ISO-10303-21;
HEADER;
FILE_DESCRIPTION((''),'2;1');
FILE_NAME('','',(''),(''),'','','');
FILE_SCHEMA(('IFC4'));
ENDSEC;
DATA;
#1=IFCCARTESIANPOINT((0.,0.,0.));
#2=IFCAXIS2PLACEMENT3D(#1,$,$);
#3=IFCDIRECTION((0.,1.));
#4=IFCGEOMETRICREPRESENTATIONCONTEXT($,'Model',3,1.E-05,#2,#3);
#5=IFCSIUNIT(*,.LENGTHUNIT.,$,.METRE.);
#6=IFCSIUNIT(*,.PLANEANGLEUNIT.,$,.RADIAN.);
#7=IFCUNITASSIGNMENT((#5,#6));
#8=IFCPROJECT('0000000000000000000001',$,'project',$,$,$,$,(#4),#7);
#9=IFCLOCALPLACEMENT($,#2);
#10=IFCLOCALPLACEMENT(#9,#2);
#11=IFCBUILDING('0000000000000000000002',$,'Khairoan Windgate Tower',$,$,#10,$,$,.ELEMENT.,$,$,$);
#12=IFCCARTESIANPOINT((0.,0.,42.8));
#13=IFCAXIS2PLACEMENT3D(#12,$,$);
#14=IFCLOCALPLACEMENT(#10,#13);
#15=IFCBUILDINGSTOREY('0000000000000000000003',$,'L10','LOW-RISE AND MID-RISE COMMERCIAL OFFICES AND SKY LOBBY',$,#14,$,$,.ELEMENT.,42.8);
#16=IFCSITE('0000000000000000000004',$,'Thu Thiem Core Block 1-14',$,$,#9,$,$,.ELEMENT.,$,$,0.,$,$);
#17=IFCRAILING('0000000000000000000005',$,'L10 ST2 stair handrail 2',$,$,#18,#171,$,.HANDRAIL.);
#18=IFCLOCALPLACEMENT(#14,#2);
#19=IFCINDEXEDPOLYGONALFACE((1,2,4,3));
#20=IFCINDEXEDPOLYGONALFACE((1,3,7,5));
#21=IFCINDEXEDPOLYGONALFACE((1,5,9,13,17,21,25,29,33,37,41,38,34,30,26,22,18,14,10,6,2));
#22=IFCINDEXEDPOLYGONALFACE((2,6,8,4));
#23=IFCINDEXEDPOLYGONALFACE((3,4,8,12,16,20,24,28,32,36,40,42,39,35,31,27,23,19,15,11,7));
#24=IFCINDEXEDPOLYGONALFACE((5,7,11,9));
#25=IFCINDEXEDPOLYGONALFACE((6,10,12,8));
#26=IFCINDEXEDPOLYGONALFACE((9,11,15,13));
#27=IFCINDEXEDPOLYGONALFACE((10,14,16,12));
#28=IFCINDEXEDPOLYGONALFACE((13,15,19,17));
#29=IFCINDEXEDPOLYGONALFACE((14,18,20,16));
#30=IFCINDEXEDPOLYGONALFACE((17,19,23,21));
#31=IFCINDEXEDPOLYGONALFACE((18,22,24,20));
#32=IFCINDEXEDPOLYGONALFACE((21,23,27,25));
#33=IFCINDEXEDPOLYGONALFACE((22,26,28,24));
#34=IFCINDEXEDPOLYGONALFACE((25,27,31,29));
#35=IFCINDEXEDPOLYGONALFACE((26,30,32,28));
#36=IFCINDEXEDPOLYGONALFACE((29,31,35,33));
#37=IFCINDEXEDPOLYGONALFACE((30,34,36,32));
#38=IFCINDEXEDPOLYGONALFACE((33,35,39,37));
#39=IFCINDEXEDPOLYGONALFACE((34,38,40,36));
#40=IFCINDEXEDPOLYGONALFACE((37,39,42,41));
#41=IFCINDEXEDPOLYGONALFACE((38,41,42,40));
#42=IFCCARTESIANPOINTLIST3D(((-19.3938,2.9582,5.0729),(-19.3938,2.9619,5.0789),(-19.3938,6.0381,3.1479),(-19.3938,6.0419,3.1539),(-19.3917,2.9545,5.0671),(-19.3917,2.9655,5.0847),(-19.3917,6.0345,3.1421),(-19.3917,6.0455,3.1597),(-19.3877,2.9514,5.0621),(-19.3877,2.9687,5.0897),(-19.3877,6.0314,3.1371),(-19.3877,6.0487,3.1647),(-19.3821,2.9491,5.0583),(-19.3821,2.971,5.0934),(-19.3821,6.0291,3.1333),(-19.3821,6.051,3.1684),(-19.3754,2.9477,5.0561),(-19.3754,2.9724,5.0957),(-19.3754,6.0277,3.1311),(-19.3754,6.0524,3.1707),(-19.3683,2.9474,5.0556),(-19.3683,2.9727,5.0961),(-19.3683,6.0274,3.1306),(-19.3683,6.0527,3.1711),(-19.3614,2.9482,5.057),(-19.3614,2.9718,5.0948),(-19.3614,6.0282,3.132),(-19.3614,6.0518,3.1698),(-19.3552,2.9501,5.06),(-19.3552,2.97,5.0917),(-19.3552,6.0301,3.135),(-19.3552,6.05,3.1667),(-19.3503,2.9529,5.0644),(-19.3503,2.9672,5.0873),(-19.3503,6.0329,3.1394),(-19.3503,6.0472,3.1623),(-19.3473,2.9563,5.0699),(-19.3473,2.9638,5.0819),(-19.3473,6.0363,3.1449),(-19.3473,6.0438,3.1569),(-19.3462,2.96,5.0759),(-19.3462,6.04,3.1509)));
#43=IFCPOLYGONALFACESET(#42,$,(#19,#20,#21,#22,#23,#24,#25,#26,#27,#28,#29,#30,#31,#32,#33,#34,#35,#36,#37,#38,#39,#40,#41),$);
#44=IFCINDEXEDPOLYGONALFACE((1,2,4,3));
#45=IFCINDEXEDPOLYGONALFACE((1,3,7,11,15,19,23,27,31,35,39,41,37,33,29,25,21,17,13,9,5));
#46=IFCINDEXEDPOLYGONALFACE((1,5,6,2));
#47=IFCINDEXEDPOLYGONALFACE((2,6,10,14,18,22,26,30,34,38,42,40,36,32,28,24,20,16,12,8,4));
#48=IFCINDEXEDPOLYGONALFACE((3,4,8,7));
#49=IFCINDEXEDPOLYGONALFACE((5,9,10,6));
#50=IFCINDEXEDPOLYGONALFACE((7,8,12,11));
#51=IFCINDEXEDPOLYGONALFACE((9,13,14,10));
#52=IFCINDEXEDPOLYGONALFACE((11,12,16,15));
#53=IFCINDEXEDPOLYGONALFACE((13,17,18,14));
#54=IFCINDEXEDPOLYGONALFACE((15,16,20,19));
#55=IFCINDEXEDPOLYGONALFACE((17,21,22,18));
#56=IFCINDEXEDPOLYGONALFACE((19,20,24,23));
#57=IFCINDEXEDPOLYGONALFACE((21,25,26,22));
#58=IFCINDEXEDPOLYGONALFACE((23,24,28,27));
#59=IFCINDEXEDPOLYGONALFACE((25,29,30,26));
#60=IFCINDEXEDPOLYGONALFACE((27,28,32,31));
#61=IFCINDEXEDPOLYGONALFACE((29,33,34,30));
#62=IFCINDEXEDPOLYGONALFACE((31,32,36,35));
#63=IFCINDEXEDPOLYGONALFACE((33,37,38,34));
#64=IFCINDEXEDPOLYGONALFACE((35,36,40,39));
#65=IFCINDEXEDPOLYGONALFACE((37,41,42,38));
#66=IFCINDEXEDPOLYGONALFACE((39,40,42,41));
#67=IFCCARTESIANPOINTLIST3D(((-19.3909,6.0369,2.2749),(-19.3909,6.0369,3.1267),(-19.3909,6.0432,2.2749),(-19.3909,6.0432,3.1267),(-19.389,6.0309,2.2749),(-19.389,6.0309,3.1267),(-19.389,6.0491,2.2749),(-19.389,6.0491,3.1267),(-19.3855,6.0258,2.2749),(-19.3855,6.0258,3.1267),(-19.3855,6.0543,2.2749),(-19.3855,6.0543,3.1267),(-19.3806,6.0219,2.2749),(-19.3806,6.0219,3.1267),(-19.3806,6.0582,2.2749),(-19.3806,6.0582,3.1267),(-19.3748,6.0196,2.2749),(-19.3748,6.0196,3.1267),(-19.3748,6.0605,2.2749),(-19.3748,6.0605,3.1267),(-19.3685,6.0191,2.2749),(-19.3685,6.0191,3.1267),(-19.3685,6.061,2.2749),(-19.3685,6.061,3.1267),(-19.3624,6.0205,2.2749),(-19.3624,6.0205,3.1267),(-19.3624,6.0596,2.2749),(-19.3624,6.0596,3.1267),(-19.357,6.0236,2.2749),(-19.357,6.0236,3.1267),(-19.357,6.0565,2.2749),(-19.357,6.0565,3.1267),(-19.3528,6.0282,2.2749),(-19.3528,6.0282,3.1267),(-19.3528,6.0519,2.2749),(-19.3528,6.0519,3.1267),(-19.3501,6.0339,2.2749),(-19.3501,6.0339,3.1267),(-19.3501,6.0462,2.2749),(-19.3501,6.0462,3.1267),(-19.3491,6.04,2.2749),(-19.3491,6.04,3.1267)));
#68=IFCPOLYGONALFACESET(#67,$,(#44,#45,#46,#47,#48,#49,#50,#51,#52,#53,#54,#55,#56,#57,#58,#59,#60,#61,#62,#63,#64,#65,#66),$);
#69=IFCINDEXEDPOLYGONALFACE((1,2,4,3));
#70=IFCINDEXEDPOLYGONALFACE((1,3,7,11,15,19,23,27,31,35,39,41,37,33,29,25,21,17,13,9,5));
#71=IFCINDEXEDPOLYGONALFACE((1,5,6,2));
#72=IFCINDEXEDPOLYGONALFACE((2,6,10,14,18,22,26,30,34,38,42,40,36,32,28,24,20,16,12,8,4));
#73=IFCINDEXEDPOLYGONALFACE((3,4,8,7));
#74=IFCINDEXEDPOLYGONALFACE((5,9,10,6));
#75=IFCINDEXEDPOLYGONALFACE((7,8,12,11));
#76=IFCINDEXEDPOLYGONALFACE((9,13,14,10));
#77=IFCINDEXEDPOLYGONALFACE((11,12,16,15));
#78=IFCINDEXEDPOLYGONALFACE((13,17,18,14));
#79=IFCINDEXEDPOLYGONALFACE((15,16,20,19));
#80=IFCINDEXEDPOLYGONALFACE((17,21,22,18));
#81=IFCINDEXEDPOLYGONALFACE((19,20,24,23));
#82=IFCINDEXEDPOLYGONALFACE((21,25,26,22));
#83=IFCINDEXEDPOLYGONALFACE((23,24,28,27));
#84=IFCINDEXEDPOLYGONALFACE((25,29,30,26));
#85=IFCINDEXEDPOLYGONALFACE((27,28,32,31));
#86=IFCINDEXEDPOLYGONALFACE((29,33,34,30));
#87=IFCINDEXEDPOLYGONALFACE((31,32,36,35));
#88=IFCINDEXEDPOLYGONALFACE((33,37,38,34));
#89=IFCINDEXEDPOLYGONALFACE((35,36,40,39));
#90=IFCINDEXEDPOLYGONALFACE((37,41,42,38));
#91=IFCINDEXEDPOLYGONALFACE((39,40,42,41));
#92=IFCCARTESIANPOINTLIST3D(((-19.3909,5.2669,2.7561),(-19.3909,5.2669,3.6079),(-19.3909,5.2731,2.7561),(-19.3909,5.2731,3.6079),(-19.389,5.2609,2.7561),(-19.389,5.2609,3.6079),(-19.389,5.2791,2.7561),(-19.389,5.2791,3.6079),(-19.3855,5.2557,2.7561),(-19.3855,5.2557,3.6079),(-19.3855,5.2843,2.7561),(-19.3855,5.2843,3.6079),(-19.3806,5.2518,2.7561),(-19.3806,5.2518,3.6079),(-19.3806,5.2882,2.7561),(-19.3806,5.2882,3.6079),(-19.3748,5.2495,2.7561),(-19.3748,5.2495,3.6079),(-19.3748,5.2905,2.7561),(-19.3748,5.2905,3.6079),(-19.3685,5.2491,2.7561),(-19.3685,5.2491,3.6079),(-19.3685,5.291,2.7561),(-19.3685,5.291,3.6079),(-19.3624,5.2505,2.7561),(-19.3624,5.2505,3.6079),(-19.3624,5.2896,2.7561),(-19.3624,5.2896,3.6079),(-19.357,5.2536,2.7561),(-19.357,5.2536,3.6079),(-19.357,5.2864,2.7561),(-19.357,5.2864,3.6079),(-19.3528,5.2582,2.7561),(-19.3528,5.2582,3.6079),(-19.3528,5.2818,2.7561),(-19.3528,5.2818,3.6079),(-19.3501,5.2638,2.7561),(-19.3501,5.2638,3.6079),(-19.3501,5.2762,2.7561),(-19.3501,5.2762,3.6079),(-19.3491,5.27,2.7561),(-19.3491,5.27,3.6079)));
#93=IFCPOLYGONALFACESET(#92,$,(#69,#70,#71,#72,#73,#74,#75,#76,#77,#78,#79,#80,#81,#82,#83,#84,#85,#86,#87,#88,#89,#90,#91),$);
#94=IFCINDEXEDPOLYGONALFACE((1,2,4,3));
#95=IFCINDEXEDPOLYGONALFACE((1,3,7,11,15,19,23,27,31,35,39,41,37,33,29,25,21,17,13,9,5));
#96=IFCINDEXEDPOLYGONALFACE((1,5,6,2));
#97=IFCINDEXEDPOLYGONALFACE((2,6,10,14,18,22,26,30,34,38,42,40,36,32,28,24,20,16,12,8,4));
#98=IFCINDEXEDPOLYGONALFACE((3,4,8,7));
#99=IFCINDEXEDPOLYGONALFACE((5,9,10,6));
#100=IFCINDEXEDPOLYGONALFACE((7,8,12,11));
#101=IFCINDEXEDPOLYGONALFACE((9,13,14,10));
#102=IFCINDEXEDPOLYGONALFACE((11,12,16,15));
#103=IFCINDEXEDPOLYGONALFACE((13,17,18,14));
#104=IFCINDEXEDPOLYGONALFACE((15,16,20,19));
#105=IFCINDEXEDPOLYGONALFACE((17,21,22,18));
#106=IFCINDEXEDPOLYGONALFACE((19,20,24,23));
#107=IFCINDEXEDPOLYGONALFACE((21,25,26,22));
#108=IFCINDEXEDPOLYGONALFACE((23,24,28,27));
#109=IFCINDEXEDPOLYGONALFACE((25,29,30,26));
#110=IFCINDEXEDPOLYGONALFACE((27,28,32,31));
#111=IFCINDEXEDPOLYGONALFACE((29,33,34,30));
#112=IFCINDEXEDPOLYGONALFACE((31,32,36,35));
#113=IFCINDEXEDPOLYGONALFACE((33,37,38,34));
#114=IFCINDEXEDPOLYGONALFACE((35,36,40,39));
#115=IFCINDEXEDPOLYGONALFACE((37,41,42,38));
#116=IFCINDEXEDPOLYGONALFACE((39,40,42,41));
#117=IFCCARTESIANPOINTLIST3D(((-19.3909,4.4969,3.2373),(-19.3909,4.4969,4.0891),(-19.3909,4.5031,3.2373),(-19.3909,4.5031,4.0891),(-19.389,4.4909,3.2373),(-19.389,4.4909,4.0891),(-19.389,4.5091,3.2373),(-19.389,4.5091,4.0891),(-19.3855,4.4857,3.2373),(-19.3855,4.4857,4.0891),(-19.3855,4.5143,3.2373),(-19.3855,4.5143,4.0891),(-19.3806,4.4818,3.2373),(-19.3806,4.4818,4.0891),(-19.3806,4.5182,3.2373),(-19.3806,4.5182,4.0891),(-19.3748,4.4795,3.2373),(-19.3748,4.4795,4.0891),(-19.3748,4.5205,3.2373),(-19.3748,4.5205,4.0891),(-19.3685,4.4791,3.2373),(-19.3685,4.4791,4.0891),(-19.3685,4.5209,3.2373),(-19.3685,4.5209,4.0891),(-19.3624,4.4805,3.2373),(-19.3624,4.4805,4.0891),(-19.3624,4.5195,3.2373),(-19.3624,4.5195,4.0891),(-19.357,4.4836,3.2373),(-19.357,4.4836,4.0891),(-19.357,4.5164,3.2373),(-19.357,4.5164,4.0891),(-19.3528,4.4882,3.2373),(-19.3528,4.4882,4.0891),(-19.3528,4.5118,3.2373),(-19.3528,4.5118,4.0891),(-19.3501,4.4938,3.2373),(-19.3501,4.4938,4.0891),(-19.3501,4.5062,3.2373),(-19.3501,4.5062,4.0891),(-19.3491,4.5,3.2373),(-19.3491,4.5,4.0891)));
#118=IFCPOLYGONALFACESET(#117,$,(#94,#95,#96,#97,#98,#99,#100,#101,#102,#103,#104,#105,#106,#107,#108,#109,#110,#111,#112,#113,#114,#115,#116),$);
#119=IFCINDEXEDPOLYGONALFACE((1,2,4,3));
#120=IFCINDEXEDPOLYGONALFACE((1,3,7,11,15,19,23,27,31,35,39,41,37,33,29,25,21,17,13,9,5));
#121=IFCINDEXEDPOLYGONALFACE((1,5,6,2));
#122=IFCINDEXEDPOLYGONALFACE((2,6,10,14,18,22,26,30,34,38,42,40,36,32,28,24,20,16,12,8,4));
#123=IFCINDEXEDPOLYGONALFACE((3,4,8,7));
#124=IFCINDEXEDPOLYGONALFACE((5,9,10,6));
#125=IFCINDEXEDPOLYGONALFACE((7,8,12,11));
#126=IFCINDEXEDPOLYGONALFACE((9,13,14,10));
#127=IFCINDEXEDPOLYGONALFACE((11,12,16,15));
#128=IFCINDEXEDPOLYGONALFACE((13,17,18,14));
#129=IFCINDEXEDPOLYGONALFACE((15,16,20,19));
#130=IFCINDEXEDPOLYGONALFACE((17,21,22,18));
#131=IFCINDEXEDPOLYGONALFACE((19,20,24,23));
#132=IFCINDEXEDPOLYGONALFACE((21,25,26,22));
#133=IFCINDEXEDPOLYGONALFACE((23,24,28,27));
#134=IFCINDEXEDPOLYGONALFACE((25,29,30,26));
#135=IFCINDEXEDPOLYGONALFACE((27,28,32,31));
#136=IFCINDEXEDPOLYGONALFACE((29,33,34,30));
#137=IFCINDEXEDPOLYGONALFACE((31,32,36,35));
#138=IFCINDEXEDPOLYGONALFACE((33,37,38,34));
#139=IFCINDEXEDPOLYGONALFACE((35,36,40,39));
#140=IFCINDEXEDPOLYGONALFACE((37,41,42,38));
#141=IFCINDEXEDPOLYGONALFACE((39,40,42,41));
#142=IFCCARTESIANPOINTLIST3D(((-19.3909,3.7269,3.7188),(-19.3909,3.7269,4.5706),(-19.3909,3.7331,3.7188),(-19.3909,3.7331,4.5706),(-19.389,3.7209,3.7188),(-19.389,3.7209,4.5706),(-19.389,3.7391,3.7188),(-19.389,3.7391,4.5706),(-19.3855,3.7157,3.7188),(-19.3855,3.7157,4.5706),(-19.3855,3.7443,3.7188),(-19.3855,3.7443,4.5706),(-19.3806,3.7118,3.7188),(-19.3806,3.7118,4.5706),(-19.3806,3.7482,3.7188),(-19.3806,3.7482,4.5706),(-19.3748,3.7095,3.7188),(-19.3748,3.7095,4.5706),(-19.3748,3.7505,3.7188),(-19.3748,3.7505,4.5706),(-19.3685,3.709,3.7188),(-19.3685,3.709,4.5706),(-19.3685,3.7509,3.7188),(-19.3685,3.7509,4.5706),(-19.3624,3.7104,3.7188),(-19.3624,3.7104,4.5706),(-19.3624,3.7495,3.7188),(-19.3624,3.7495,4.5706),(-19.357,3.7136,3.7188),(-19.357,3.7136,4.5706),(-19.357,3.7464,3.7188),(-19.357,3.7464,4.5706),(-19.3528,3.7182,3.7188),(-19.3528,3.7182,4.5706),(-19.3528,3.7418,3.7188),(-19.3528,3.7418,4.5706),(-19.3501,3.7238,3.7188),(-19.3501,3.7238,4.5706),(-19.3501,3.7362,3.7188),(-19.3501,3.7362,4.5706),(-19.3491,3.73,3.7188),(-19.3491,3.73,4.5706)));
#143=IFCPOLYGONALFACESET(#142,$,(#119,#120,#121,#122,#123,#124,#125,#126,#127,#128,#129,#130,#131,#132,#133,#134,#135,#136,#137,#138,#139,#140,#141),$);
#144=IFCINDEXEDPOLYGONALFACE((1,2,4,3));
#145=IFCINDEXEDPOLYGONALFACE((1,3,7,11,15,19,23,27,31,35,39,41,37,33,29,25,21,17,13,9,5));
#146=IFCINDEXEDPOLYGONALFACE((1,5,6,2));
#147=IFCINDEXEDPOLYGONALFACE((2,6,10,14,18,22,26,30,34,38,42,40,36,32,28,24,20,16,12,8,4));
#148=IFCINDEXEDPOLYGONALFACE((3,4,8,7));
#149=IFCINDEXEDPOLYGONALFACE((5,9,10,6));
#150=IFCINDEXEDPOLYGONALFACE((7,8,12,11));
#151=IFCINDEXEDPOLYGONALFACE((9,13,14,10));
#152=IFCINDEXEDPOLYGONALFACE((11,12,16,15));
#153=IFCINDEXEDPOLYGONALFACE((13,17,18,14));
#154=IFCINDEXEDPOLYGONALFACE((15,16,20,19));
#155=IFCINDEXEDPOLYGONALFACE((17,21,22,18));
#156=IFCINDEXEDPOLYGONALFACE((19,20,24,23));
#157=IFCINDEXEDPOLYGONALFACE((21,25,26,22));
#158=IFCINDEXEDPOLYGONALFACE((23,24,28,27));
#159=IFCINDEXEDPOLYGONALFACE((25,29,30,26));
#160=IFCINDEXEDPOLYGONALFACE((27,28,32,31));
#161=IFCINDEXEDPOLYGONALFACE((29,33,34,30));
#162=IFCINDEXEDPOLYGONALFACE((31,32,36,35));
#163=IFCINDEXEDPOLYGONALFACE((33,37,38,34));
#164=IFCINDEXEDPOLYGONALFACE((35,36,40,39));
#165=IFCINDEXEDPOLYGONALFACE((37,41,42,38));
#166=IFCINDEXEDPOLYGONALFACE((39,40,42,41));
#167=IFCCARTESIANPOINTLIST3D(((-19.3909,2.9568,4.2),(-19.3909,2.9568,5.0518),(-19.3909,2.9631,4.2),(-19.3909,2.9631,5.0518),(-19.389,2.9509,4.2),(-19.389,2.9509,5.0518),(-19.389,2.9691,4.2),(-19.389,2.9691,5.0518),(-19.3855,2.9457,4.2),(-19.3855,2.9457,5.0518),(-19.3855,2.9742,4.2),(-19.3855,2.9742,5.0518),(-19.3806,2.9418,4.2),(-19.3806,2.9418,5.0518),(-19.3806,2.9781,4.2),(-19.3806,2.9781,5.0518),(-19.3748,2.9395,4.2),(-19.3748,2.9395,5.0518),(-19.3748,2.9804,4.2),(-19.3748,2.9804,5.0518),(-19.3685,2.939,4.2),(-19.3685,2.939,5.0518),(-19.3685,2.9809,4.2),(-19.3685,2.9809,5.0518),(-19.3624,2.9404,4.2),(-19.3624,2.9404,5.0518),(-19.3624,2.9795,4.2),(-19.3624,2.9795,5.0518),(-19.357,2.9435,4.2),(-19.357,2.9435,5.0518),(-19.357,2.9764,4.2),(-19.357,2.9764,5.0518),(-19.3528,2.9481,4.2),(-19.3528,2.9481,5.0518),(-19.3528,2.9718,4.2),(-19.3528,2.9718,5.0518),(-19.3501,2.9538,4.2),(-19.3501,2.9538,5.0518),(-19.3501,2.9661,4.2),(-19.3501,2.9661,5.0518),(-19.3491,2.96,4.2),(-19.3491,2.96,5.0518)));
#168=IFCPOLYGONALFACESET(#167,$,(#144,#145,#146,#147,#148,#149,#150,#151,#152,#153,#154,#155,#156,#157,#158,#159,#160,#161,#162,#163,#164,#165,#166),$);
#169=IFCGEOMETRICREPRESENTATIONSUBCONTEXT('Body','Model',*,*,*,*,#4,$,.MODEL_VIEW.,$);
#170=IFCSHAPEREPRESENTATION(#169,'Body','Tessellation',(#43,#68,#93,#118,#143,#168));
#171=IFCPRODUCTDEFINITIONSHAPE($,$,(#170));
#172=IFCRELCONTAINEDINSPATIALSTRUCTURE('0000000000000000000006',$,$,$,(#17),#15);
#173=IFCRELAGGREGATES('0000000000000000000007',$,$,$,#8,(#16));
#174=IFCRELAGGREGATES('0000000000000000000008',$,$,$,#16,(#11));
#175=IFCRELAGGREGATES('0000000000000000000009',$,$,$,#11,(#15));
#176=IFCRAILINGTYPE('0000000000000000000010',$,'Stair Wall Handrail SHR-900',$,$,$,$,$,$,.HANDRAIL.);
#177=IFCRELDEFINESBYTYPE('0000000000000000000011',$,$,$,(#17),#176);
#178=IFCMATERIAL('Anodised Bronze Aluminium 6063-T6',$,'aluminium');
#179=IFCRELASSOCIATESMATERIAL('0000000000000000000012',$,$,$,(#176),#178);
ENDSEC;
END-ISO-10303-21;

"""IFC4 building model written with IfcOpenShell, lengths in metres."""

from ifc_helpers import new_model, si_unit, direction, frame, origin, origin_2d, place, context, subcontext, project, spatial, circle, extrude, material, type_object, element, save


model = new_model("IFC4")

# Units and contexts
model_context = context("Model", 3, precision=1e-05, world=origin(), true_north=direction((0.0, 1.0)))
body_context = subcontext(model_context, "Body", "Model", "MODEL_VIEW")
ifc_project = project(units=[si_unit("LENGTHUNIT", "METRE"), si_unit("PLANEANGLEUNIT", "RADIAN")], contexts=[model_context])

# Site, building, storey
site_placement = place(None, origin())
site = spatial("IfcSite", under=ifc_project, at=site_placement, Name="Thu Thiem Core Block 1-14", CompositionType="ELEMENT", RefElevation=0.0)
building_placement = place(site_placement, origin())
building = spatial("IfcBuilding", under=site, at=building_placement, Name="Khairoan Windgate Tower", CompositionType="ELEMENT")
storey_placement = place(building_placement, frame((0.0, 0.0, 42.8)))
storey = spatial("IfcBuildingStorey", under=building, at=storey_placement, Name="L10", Description="LOW-RISE AND MID-RISE COMMERCIAL OFFICES AND SKY LOBBY", CompositionType="ELEMENT", Elevation=42.8)

# Railing
ifc_material_1 = material(Name="Anodised Bronze Aluminium 6063-T6", Category="aluminium")
railing_type_1 = type_object("IfcRailingType", Name="Stair Wall Handrail SHR-900", PredefinedType="HANDRAIL", material=ifc_material_1)
railing_1_placement = place(storey_placement, frame((-19.3701, 6.04, 2.2749)))
element("IfcRailing", 1, at=railing_1_placement, inside=storey, type_object=railing_type_1, Name="L10 ST2 stair handrail 2", PredefinedType="HANDRAIL", context=body_context, shape_type="SweptSolid", body=[
    extrude(circle(Radius=0.0239, at=origin_2d()), frame((0.0, 0.0, 0.876), z_axis=(0.0, -0.847998, 0.529999), x_axis=(1.0, 0.0, 0.0)), (0.0, 0.0, 1.0), 3.6321),
    extrude(circle(Radius=0.021, at=origin_2d()), origin(), (0.0, 0.0, 1.0), 0.8518),
    extrude(circle(Radius=0.021, at=origin_2d()), frame((0.0, -0.77, 0.4812)), (0.0, 0.0, 1.0), 0.8518),
    extrude(circle(Radius=0.021, at=origin_2d()), frame((0.0, -1.54, 0.9624)), (0.0, 0.0, 1.0), 0.8518),
    extrude(circle(Radius=0.021, at=origin_2d()), frame((0.0, -2.3101, 1.4438)), (0.0, 0.0, 1.0), 0.8518),
    extrude(circle(Radius=0.021, at=origin_2d()), frame((0.0, -3.0801, 1.925)), (0.0, 0.0, 1.0), 0.8518),
])

save(model, "model.ifc")
